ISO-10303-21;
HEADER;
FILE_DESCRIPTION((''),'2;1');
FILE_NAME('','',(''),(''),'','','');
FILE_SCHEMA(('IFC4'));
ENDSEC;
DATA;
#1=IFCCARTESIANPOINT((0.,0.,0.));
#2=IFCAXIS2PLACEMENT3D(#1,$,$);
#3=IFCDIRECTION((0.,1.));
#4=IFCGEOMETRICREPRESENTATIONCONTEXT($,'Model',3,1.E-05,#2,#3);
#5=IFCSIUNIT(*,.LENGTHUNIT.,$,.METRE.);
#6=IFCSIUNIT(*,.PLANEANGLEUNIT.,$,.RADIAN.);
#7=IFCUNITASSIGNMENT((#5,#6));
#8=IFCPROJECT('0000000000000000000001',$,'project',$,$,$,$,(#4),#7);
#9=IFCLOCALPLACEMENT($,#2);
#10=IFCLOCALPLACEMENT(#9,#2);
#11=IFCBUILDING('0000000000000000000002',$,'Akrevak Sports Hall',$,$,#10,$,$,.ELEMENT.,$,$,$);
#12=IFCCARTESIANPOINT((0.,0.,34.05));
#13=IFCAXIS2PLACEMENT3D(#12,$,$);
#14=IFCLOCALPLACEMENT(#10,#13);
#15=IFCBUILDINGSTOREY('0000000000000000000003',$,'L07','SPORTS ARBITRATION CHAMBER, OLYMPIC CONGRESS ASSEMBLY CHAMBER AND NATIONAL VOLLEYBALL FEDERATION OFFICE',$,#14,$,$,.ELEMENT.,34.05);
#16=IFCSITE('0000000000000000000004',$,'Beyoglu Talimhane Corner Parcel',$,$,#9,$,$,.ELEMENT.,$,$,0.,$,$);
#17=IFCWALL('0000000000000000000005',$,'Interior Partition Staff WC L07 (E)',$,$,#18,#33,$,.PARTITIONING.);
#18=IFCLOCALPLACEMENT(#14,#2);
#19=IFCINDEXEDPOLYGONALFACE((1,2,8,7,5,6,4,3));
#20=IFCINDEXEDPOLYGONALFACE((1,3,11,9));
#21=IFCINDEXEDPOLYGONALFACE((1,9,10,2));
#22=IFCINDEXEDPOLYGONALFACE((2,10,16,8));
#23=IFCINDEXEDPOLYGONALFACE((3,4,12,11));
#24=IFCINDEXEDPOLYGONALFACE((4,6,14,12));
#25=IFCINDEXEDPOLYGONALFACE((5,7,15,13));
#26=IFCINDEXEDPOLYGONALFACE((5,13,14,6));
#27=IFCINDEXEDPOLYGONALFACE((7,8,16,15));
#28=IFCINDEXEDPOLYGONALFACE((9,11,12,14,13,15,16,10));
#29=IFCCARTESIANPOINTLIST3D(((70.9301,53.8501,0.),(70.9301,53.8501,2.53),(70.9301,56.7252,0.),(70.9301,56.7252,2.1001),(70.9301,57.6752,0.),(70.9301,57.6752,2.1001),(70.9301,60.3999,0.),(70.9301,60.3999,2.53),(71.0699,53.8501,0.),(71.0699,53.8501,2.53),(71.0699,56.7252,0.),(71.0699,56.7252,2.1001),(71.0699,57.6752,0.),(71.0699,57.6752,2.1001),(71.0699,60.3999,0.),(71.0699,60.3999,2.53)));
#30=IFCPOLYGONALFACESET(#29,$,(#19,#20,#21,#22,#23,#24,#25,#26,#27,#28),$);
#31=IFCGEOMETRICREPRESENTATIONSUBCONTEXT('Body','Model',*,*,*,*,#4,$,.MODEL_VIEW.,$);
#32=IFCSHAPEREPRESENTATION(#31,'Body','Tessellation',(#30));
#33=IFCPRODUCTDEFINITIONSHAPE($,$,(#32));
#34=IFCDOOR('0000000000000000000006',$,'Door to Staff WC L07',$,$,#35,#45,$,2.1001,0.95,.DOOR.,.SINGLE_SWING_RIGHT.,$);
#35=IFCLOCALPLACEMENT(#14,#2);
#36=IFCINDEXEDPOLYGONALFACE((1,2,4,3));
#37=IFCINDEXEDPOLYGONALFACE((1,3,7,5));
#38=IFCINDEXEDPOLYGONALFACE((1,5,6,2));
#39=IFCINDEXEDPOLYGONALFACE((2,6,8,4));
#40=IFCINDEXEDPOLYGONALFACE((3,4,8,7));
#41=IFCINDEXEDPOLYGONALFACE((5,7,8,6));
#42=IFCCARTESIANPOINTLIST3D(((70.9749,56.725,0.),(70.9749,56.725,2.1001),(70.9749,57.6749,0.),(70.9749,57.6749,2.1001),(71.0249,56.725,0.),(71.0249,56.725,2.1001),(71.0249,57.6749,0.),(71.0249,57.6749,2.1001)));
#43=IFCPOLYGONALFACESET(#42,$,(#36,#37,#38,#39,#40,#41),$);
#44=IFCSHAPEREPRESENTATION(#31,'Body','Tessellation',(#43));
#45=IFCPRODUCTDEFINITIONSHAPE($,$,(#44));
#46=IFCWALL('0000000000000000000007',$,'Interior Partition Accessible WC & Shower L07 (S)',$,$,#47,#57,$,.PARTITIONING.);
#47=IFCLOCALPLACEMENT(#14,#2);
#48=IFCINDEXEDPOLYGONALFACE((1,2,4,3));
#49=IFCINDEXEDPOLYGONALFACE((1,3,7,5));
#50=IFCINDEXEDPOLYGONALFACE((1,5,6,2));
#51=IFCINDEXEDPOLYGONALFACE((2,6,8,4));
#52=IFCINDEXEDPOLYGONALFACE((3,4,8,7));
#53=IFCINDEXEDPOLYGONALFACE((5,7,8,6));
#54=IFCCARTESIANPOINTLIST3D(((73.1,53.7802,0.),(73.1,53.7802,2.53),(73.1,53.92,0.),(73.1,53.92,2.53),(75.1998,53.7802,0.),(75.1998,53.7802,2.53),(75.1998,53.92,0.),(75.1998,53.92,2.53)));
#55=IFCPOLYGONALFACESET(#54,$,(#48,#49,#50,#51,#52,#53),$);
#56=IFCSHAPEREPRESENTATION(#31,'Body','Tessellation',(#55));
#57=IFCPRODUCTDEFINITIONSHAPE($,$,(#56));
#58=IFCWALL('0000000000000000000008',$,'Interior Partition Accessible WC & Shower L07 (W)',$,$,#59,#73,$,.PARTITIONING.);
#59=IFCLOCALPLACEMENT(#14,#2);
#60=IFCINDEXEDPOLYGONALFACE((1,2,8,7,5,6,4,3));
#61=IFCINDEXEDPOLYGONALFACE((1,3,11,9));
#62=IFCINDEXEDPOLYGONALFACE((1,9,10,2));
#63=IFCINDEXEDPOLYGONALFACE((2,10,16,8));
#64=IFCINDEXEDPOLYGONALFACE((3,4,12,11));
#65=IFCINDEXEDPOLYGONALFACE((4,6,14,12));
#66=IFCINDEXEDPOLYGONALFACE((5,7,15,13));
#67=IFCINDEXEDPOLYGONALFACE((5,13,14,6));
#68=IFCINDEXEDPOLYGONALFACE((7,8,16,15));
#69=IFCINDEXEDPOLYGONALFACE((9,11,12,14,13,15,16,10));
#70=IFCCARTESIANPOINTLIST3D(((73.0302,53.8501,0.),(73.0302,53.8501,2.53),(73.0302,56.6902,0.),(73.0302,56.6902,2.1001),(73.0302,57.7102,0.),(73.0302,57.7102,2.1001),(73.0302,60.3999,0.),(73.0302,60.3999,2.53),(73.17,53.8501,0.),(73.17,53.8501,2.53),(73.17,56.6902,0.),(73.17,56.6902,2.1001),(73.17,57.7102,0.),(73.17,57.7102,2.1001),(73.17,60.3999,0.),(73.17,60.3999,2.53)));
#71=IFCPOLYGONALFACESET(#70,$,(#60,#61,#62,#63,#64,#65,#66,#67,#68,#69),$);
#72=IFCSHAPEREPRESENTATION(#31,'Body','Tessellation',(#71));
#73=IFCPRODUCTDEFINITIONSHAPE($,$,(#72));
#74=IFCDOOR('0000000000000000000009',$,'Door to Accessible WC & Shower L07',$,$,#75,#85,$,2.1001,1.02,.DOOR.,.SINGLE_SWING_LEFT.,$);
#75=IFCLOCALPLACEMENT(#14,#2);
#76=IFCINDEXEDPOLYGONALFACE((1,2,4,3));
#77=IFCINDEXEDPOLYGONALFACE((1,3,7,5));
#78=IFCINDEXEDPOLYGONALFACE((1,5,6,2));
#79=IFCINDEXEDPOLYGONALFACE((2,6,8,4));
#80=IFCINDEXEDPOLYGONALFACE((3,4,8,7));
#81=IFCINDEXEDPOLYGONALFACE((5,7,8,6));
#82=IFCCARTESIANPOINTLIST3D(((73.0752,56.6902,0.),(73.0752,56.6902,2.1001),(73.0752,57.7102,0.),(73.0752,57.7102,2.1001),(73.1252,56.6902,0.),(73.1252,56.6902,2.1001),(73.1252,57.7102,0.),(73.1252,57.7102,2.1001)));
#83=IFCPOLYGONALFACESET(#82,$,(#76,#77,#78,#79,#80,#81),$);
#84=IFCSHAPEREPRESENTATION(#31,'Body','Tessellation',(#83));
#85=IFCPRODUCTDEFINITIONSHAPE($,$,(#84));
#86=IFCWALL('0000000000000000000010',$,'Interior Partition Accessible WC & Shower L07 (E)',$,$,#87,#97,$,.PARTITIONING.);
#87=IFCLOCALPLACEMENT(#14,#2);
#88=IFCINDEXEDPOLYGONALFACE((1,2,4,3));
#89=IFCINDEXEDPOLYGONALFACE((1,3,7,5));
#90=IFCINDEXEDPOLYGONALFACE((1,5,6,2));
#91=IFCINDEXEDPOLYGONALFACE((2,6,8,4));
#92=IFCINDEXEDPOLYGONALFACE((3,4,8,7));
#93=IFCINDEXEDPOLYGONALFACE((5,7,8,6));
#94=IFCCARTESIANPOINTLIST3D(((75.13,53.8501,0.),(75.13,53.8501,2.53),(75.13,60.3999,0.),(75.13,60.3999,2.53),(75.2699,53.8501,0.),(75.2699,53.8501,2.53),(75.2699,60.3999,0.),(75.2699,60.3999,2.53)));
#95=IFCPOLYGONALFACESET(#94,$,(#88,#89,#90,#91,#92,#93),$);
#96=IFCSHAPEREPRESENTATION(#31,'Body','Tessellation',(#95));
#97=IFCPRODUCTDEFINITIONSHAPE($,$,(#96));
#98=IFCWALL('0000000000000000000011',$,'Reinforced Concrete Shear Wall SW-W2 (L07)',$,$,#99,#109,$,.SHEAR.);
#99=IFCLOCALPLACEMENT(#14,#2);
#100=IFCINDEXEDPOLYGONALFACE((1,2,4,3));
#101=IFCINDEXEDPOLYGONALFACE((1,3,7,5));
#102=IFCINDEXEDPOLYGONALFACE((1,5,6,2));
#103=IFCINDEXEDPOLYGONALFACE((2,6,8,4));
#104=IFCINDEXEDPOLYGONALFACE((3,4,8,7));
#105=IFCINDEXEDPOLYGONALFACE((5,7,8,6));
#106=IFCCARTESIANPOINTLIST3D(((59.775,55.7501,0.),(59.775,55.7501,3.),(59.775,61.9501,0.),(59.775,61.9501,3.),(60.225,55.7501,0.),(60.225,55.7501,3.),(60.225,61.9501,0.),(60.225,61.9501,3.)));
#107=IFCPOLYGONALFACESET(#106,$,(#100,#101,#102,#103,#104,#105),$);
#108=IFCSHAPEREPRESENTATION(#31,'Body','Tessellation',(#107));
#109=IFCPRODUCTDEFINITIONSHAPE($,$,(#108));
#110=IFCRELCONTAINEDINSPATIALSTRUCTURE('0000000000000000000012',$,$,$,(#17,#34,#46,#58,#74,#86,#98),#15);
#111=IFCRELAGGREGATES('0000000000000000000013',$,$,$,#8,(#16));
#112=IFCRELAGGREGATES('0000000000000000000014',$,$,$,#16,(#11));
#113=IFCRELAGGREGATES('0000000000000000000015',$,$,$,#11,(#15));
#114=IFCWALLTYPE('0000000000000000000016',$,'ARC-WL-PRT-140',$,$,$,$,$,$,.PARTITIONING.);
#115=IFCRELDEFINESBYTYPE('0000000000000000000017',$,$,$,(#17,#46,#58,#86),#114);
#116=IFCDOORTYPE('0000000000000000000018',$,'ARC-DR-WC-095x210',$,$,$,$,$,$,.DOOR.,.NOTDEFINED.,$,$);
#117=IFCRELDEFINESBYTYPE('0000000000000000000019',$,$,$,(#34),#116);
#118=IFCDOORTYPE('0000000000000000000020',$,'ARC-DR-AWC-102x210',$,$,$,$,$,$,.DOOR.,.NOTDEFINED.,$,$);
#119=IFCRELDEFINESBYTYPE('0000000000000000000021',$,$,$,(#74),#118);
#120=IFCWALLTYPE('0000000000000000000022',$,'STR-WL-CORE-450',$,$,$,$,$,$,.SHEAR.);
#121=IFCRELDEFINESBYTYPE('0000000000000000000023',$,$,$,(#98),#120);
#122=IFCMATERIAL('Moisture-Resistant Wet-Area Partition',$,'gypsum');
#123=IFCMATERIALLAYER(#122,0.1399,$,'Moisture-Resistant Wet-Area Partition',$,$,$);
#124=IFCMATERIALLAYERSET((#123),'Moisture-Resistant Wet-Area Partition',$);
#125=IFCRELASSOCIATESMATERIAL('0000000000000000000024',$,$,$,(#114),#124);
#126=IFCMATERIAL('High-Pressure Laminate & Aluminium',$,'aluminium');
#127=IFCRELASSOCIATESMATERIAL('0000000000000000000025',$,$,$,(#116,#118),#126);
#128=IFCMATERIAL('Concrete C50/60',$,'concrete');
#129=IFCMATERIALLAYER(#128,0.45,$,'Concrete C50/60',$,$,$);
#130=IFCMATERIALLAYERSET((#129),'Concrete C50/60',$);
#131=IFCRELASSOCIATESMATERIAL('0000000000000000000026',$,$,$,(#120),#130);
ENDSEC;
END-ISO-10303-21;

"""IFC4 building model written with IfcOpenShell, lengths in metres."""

from ifc_helpers import new_model, si_unit, direction, frame, frame_2d, origin, place, context, subcontext, project, spatial, rectangle, extrude, material, layer, layer_set, type_object, element, fill, save


model = new_model("IFC4")

# Units and contexts
model_context = context("Model", 3, precision=1e-05, world=origin(), true_north=direction((0.0, 1.0)))
body_context = subcontext(model_context, "Body", "Model", "MODEL_VIEW")
ifc_project = project(units=[si_unit("LENGTHUNIT", "METRE"), si_unit("PLANEANGLEUNIT", "RADIAN")], contexts=[model_context])

# Site, building, storey
site_placement = place(None, origin())
site = spatial("IfcSite", under=ifc_project, at=site_placement, Name="Beyoglu Talimhane Corner Parcel", CompositionType="ELEMENT", RefElevation=0.0)
building_placement = place(site_placement, origin())
building = spatial("IfcBuilding", under=site, at=building_placement, Name="Akrevak Sports Hall", CompositionType="ELEMENT")
storey_placement = place(building_placement, frame((0.0, 0.0, 34.05)))
storey = spatial("IfcBuildingStorey", under=building, at=storey_placement, Name="L07", Description="SPORTS ARBITRATION CHAMBER, OLYMPIC CONGRESS ASSEMBLY CHAMBER AND NATIONAL VOLLEYBALL FEDERATION OFFICE", CompositionType="ELEMENT", Elevation=34.05)

# Shared definitions
ifc_material_1 = material(Name="Concrete C50/60", Category="concrete")

# Shared definitions
ifc_material_2 = material(Name="Moisture-Resistant Wet-Area Partition", Category="gypsum")
ifc_layer_1 = layer(ifc_material_2, 0.1399, Name="Moisture-Resistant Wet-Area Partition")
ifc_layer_set_1 = layer_set([ifc_layer_1], Name="Moisture-Resistant Wet-Area Partition")
wall_type_1 = type_object("IfcWallType", Name="ARC-WL-PRT-140", PredefinedType="PARTITIONING", material=ifc_layer_set_1)

# Wall, opening, door
wall_1_placement = place(storey_placement, frame((71.0, 53.8501, 0.0), z_axis=(0.0, 0.0, 1.0), x_axis=(0.0, 1.0, 0.0)))
wall_1 = element("IfcWall", 1, at=wall_1_placement, inside=storey, type_object=wall_type_1, Name="Interior Partition Staff WC L07 (E)", PredefinedType="PARTITIONING", context=body_context, shape_type="SweptSolid", body=[
    extrude(rectangle(XDim=6.5498, YDim=0.1399, at=frame_2d((3.2749, 0.0))), origin(), (0.0, 0.0, 1.0), 2.53),
])
opening_1_placement = place(wall_1_placement, frame((2.875, 0.0, 0.0)))
opening_1 = element("IfcOpeningElement", 2, at=opening_1_placement, cuts=wall_1, PredefinedType="OPENING", context=body_context, shape_type="SweptSolid", body=[
    extrude(rectangle(XDim=0.95, YDim=2.1001, at=frame_2d((0.4751, 1.05))), frame((0.0, 0.082, 0.0), z_axis=(0.0, -1.0, 0.0), x_axis=(1.0, 0.0, 0.0)), (0.0, 0.0, 1.0), 0.1638),
])
ifc_material_3 = material(Name="High-Pressure Laminate & Aluminium", Category="aluminium")
door_type_1 = type_object("IfcDoorType", Name="ARC-DR-WC-095x210", OperationType="NOTDEFINED", PredefinedType="DOOR", material=ifc_material_3)
door_1_placement = place(opening_1_placement, frame((0.95, 0.0, 0.0), z_axis=(0.0, 0.0, 1.0), x_axis=(-1.0, 0.0, 0.0)))
door_1 = element("IfcDoor", 3, at=door_1_placement, inside=storey, type_object=door_type_1, Name="Door to Staff WC L07", OperationType="SINGLE_SWING_RIGHT", OverallHeight=2.1001, OverallWidth=0.95, PredefinedType="DOOR", context=body_context, shape_type="SweptSolid", body=[
    extrude(rectangle(XDim=0.95, YDim=2.1001, at=frame_2d((0.4751, 1.05))), frame((0.0, 0.0249, 0.0), z_axis=(0.0, -1.0, 0.0), x_axis=(1.0, 0.0, 0.0)), (0.0, 0.0, 1.0), 0.05),
])
fill(opening_1, door_1)

# Wall
wall_2_placement = place(storey_placement, frame((73.1001, 53.8501, 0.0), z_axis=(0.0, 0.0, 1.0), x_axis=(1.0, 0.0, 0.0)))
element("IfcWall", 4, at=wall_2_placement, inside=storey, type_object=wall_type_1, Name="Interior Partition Accessible WC & Shower L07 (S)", PredefinedType="PARTITIONING", context=body_context, shape_type="SweptSolid", body=[
    extrude(rectangle(XDim=2.0999, YDim=0.1399, at=frame_2d((1.0498, 0.0))), origin(), (0.0, 0.0, 1.0), 2.53),
])

# Wall, opening, door
wall_3_placement = place(storey_placement, frame((73.1001, 53.8501, 0.0), z_axis=(0.0, 0.0, 1.0), x_axis=(0.0, 1.0, 0.0)))
wall_3 = element("IfcWall", 5, at=wall_3_placement, inside=storey, type_object=wall_type_1, Name="Interior Partition Accessible WC & Shower L07 (W)", PredefinedType="PARTITIONING", context=body_context, shape_type="SweptSolid", body=[
    extrude(rectangle(XDim=6.5498, YDim=0.1399, at=frame_2d((3.2749, 0.0))), origin(), (0.0, 0.0, 1.0), 2.53),
])
opening_2_placement = place(wall_3_placement, frame((2.8401, 0.0, 0.0)))
opening_2 = element("IfcOpeningElement", 6, at=opening_2_placement, cuts=wall_3, PredefinedType="OPENING", context=body_context, shape_type="SweptSolid", body=[
    extrude(rectangle(XDim=1.02, YDim=2.1001, at=frame_2d((0.51, 1.05))), frame((0.0, 0.082, 0.0), z_axis=(0.0, -1.0, 0.0), x_axis=(1.0, 0.0, 0.0)), (0.0, 0.0, 1.0), 0.1638),
])
door_type_2 = type_object("IfcDoorType", Name="ARC-DR-AWC-102x210", OperationType="NOTDEFINED", PredefinedType="DOOR", material=ifc_material_3)
door_2_placement = place(opening_2_placement, origin())
door_2 = element("IfcDoor", 7, at=door_2_placement, inside=storey, type_object=door_type_2, Name="Door to Accessible WC & Shower L07", OperationType="SINGLE_SWING_LEFT", OverallHeight=2.1001, OverallWidth=1.02, PredefinedType="DOOR", context=body_context, shape_type="SweptSolid", body=[
    extrude(rectangle(XDim=1.02, YDim=2.1001, at=frame_2d((0.51, 1.05))), frame((0.0, 0.0249, 0.0), z_axis=(0.0, -1.0, 0.0), x_axis=(1.0, 0.0, 0.0)), (0.0, 0.0, 1.0), 0.05),
])
fill(opening_2, door_2)

# Walls
wall_4_placement = place(storey_placement, frame((75.2, 53.8501, 0.0), z_axis=(0.0, 0.0, 1.0), x_axis=(0.0, 1.0, 0.0)))
element("IfcWall", 8, at=wall_4_placement, inside=storey, type_object=wall_type_1, Name="Interior Partition Accessible WC & Shower L07 (E)", PredefinedType="PARTITIONING", context=body_context, shape_type="SweptSolid", body=[
    extrude(rectangle(XDim=6.5498, YDim=0.1399, at=frame_2d((3.2749, 0.0))), origin(), (0.0, 0.0, 1.0), 2.53),
])
ifc_layer_2 = layer(ifc_material_1, 0.45, Name="Concrete C50/60")
ifc_layer_set_2 = layer_set([ifc_layer_2], Name="Concrete C50/60")
wall_type_2 = type_object("IfcWallType", Name="STR-WL-CORE-450", PredefinedType="SHEAR", material=ifc_layer_set_2)
wall_5_placement = place(storey_placement, frame((60.0, 55.75, 0.0), z_axis=(0.0, 0.0, 1.0), x_axis=(0.0, 1.0, 0.0)))
element("IfcWall", 9, at=wall_5_placement, inside=storey, type_object=wall_type_2, Name="Reinforced Concrete Shear Wall SW-W2 (L07)", PredefinedType="SHEAR", context=body_context, shape_type="SweptSolid", body=[
    extrude(rectangle(XDim=6.2, YDim=0.45, at=frame_2d((3.1001, 0.0))), origin(), (0.0, 0.0, 1.0), 3.0),
])

save(model, "model.ifc")
